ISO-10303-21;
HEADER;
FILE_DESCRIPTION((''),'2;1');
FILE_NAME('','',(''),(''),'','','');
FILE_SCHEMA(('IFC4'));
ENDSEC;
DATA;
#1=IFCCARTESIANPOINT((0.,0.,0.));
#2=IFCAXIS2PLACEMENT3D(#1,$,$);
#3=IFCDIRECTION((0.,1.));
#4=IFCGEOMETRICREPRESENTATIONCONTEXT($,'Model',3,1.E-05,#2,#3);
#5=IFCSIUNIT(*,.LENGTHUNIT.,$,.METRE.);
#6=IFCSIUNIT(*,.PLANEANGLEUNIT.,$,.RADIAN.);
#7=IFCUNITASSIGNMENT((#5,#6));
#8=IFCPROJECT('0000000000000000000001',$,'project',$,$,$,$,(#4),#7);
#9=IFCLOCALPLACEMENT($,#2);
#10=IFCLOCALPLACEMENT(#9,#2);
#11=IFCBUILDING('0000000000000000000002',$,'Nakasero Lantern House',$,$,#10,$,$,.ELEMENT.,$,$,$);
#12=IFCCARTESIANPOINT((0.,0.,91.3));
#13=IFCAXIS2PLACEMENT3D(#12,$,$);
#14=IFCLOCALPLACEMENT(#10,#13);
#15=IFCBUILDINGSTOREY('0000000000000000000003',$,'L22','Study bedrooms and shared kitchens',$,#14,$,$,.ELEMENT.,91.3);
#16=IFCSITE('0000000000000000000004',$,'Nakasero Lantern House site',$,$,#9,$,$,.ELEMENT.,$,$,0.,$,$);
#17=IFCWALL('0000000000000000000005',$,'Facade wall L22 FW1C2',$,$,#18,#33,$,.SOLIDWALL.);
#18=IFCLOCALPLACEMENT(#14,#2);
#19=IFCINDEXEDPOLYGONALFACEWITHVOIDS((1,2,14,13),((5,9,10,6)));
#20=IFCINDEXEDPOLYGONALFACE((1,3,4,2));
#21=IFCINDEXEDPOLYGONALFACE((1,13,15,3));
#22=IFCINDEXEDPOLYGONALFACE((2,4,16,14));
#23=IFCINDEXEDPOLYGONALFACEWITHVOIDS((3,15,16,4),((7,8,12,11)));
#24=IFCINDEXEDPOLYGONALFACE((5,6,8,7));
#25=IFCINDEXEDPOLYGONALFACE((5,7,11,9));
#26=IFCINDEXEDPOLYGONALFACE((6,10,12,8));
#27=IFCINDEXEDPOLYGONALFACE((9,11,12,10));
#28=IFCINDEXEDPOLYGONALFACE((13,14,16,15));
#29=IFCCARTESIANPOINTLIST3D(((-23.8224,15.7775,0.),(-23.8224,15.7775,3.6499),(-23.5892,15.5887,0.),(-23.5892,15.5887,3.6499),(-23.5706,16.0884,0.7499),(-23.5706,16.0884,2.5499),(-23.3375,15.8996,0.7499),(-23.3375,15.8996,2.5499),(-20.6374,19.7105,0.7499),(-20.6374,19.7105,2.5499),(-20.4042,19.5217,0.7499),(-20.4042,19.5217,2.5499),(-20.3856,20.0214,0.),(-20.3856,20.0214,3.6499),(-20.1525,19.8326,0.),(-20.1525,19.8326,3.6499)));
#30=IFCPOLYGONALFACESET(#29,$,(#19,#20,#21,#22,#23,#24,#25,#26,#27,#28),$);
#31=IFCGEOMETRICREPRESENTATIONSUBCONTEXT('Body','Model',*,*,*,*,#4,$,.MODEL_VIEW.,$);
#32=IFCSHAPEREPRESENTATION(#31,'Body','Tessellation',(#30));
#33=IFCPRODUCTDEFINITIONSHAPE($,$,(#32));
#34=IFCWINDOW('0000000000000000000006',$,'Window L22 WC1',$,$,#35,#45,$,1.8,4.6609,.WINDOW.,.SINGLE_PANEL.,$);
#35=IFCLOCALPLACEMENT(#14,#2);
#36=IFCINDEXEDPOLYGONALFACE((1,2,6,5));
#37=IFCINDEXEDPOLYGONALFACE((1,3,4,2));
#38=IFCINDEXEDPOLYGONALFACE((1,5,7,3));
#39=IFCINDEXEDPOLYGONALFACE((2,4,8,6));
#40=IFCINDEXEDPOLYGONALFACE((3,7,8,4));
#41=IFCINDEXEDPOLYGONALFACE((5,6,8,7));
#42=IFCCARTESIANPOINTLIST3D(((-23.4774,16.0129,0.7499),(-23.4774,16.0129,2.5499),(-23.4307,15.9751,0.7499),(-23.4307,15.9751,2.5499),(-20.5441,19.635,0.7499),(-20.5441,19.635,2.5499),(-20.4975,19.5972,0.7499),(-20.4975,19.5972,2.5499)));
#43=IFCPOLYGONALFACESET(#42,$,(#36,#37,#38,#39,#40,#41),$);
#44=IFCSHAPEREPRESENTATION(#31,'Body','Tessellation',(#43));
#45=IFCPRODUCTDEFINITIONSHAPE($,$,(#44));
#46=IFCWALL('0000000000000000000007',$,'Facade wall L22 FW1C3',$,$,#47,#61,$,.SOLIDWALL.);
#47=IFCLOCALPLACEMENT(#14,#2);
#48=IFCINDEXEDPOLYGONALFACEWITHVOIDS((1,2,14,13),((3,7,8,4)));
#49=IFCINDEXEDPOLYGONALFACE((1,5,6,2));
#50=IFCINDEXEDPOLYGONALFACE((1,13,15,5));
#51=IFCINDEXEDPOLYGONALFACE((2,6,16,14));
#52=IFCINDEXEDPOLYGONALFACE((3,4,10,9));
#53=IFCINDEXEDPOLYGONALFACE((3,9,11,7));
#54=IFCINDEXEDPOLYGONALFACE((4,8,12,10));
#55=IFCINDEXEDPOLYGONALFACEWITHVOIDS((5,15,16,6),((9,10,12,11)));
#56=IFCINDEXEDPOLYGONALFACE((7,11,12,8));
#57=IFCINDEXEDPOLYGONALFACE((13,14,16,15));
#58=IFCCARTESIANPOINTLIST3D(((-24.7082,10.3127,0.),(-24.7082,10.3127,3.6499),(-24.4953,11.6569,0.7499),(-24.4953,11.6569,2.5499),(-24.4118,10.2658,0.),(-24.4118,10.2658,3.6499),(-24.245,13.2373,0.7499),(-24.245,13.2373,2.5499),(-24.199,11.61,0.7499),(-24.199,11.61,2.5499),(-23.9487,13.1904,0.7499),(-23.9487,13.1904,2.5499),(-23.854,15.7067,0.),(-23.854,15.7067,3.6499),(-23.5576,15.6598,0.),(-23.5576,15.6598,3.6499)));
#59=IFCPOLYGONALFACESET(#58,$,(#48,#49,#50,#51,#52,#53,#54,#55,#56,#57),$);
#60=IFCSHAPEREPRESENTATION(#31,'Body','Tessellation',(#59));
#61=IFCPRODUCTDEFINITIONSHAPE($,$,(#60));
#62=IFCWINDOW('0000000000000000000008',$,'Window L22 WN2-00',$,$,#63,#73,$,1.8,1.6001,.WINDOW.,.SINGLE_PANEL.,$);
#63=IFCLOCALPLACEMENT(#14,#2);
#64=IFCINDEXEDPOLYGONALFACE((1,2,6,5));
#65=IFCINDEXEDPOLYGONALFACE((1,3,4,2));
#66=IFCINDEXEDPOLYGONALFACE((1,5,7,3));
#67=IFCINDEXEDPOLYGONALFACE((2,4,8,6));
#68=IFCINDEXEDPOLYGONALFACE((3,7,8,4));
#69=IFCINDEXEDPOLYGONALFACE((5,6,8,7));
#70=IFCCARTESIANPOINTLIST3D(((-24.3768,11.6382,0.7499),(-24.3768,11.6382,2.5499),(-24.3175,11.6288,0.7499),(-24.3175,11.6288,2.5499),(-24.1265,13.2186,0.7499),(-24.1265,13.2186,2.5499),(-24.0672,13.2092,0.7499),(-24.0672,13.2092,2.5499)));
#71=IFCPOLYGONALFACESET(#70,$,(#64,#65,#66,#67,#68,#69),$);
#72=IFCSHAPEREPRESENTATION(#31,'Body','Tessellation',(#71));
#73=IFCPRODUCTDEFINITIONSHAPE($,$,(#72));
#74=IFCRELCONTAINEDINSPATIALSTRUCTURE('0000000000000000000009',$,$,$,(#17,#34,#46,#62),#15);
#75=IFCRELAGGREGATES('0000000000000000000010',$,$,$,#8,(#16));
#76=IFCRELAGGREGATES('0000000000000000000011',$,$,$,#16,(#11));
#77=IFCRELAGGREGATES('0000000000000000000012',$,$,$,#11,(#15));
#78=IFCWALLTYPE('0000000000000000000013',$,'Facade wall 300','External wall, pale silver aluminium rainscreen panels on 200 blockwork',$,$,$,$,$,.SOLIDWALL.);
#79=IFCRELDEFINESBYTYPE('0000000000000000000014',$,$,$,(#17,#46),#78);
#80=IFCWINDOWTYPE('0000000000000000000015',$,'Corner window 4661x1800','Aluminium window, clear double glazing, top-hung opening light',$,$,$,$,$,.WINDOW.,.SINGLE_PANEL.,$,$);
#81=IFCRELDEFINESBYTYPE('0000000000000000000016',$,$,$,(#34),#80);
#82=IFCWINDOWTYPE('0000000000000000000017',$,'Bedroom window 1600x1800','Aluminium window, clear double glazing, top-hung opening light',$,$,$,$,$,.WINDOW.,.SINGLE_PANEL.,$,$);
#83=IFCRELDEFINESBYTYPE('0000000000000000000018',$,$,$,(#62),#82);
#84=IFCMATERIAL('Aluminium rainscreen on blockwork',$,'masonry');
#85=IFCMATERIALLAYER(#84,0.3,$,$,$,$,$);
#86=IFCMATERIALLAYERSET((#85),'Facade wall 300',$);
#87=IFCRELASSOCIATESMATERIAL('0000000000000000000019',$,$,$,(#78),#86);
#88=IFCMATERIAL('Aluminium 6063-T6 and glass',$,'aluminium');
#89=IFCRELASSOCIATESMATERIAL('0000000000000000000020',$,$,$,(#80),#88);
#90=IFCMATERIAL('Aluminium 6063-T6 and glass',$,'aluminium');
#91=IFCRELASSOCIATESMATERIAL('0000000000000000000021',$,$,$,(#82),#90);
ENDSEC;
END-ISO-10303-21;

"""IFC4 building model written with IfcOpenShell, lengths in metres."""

from ifc_helpers import new_model, si_unit, direction, frame, frame_2d, origin, place, context, subcontext, project, spatial, rectangle, extrude, material, layer, layer_set, type_object, element, fill, save


model = new_model("IFC4")

# Units and contexts
model_context = context("Model", 3, precision=1e-05, world=origin(), true_north=direction((0.0, 1.0)))
body_context = subcontext(model_context, "Body", "Model", "MODEL_VIEW")
ifc_project = project(units=[si_unit("LENGTHUNIT", "METRE"), si_unit("PLANEANGLEUNIT", "RADIAN")], contexts=[model_context])

# Site, building, storey
site_placement = place(None, origin())
site = spatial("IfcSite", under=ifc_project, at=site_placement, Name="Nakasero Lantern House site", CompositionType="ELEMENT", RefElevation=0.0)
building_placement = place(site_placement, origin())
building = spatial("IfcBuilding", under=site, at=building_placement, Name="Nakasero Lantern House", CompositionType="ELEMENT")
storey_placement = place(building_placement, frame((0.0, 0.0, 91.3)))
storey = spatial("IfcBuildingStorey", under=building, at=storey_placement, Name="L22", Description="Study bedrooms and shared kitchens", CompositionType="ELEMENT", Elevation=91.3)

# Walls, openings, windows
ifc_material_1 = material(Name="Aluminium rainscreen on blockwork", Category="masonry")
ifc_layer_1 = layer(ifc_material_1, 0.3)
ifc_layer_set_1 = layer_set([ifc_layer_1], Name="Facade wall 300")
wall_type_1 = type_object("IfcWallType", Name="Facade wall 300", Description="External wall, pale silver aluminium rainscreen panels on 200 blockwork", PredefinedType="SOLIDWALL", material=ifc_layer_set_1)
wall_1_placement = place(storey_placement, frame((-20.269, 19.927, 0.0), z_axis=(0.0, 0.0, 1.0), x_axis=(-0.629335, -0.777135, 0.0)))
wall_1 = element("IfcWall", 1, at=wall_1_placement, inside=storey, type_object=wall_type_1, Name="Facade wall L22 FW1C2", PredefinedType="SOLIDWALL", context=body_context, shape_type="SweptSolid", body=[
    extrude(rectangle(XDim=5.4609, YDim=0.3, at=frame_2d((2.7305, 0.0))), origin(), (0.0, 0.0, 1.0), 3.6499),
])
opening_1_placement = place(wall_1_placement, frame((0.3999, 0.0, 0.75)))
opening_1 = element("IfcOpeningElement", 2, at=opening_1_placement, cuts=wall_1, PredefinedType="OPENING", context=body_context, shape_type="SweptSolid", body=[
    extrude(rectangle(XDim=4.6609, YDim=1.8, at=frame_2d((2.3306, 0.8999))), frame((0.0, 0.1699, 0.0), z_axis=(0.0, -1.0, 0.0), x_axis=(1.0, 0.0, 0.0)), (0.0, 0.0, 1.0), 0.3401),
])
ifc_material_2 = material(Name="Aluminium 6063-T6 and glass", Category="aluminium")
window_type_1 = type_object("IfcWindowType", Name="Corner window 4661x1800", Description="Aluminium window, clear double glazing, top-hung opening light", PartitioningType="SINGLE_PANEL", PredefinedType="WINDOW", material=ifc_material_2)
window_1_placement = place(opening_1_placement, origin())
window_1 = element("IfcWindow", 3, at=window_1_placement, inside=storey, type_object=window_type_1, Name="Window L22 WC1", OverallHeight=1.8, OverallWidth=4.6609, PartitioningType="SINGLE_PANEL", PredefinedType="WINDOW", context=body_context, shape_type="SweptSolid", body=[
    extrude(rectangle(XDim=4.6609, YDim=1.8, at=frame_2d((2.3306, 0.8999))), frame((0.0, 0.03, 0.0), z_axis=(0.0, -1.0, 0.0), x_axis=(1.0, 0.0, 0.0)), (0.0, 0.0, 1.0), 0.0601),
])
fill(opening_1, window_1)
wall_2_placement = place(storey_placement, frame((-23.7058, 15.6831, 0.0), z_axis=(0.0, 0.0, 1.0), x_axis=(-0.156419, -0.987691, 0.0)))
wall_2 = element("IfcWall", 4, at=wall_2_placement, inside=storey, type_object=wall_type_1, Name="Facade wall L22 FW1C3", PredefinedType="SOLIDWALL", context=body_context, shape_type="SweptSolid", body=[
    extrude(rectangle(XDim=5.4612, YDim=0.3, at=frame_2d((2.7305, 0.0))), origin(), (0.0, 0.0, 1.0), 3.6499),
])
opening_2_placement = place(wall_2_placement, frame((2.5, 0.0, 0.75)))
opening_2 = element("IfcOpeningElement", 5, at=opening_2_placement, cuts=wall_2, PredefinedType="OPENING", context=body_context, shape_type="SweptSolid", body=[
    extrude(rectangle(XDim=1.6001, YDim=1.8, at=frame_2d((0.8, 0.8999))), frame((0.0, 0.1699, 0.0), z_axis=(0.0, -1.0, 0.0), x_axis=(1.0, 0.0, 0.0)), (0.0, 0.0, 1.0), 0.3401),
])
ifc_material_3 = material(Name="Aluminium 6063-T6 and glass", Category="aluminium")
window_type_2 = type_object("IfcWindowType", Name="Bedroom window 1600x1800", Description="Aluminium window, clear double glazing, top-hung opening light", PartitioningType="SINGLE_PANEL", PredefinedType="WINDOW", material=ifc_material_3)
window_2_placement = place(opening_2_placement, origin())
window_2 = element("IfcWindow", 6, at=window_2_placement, inside=storey, type_object=window_type_2, Name="Window L22 WN2-00", OverallHeight=1.8, OverallWidth=1.6001, PartitioningType="SINGLE_PANEL", PredefinedType="WINDOW", context=body_context, shape_type="SweptSolid", body=[
    extrude(rectangle(XDim=1.6001, YDim=1.8, at=frame_2d((0.8, 0.8999))), frame((0.0, 0.03, 0.0), z_axis=(0.0, -1.0, 0.0), x_axis=(1.0, 0.0, 0.0)), (0.0, 0.0, 1.0), 0.0601),
])
fill(opening_2, window_2)

save(model, "model.ifc")
